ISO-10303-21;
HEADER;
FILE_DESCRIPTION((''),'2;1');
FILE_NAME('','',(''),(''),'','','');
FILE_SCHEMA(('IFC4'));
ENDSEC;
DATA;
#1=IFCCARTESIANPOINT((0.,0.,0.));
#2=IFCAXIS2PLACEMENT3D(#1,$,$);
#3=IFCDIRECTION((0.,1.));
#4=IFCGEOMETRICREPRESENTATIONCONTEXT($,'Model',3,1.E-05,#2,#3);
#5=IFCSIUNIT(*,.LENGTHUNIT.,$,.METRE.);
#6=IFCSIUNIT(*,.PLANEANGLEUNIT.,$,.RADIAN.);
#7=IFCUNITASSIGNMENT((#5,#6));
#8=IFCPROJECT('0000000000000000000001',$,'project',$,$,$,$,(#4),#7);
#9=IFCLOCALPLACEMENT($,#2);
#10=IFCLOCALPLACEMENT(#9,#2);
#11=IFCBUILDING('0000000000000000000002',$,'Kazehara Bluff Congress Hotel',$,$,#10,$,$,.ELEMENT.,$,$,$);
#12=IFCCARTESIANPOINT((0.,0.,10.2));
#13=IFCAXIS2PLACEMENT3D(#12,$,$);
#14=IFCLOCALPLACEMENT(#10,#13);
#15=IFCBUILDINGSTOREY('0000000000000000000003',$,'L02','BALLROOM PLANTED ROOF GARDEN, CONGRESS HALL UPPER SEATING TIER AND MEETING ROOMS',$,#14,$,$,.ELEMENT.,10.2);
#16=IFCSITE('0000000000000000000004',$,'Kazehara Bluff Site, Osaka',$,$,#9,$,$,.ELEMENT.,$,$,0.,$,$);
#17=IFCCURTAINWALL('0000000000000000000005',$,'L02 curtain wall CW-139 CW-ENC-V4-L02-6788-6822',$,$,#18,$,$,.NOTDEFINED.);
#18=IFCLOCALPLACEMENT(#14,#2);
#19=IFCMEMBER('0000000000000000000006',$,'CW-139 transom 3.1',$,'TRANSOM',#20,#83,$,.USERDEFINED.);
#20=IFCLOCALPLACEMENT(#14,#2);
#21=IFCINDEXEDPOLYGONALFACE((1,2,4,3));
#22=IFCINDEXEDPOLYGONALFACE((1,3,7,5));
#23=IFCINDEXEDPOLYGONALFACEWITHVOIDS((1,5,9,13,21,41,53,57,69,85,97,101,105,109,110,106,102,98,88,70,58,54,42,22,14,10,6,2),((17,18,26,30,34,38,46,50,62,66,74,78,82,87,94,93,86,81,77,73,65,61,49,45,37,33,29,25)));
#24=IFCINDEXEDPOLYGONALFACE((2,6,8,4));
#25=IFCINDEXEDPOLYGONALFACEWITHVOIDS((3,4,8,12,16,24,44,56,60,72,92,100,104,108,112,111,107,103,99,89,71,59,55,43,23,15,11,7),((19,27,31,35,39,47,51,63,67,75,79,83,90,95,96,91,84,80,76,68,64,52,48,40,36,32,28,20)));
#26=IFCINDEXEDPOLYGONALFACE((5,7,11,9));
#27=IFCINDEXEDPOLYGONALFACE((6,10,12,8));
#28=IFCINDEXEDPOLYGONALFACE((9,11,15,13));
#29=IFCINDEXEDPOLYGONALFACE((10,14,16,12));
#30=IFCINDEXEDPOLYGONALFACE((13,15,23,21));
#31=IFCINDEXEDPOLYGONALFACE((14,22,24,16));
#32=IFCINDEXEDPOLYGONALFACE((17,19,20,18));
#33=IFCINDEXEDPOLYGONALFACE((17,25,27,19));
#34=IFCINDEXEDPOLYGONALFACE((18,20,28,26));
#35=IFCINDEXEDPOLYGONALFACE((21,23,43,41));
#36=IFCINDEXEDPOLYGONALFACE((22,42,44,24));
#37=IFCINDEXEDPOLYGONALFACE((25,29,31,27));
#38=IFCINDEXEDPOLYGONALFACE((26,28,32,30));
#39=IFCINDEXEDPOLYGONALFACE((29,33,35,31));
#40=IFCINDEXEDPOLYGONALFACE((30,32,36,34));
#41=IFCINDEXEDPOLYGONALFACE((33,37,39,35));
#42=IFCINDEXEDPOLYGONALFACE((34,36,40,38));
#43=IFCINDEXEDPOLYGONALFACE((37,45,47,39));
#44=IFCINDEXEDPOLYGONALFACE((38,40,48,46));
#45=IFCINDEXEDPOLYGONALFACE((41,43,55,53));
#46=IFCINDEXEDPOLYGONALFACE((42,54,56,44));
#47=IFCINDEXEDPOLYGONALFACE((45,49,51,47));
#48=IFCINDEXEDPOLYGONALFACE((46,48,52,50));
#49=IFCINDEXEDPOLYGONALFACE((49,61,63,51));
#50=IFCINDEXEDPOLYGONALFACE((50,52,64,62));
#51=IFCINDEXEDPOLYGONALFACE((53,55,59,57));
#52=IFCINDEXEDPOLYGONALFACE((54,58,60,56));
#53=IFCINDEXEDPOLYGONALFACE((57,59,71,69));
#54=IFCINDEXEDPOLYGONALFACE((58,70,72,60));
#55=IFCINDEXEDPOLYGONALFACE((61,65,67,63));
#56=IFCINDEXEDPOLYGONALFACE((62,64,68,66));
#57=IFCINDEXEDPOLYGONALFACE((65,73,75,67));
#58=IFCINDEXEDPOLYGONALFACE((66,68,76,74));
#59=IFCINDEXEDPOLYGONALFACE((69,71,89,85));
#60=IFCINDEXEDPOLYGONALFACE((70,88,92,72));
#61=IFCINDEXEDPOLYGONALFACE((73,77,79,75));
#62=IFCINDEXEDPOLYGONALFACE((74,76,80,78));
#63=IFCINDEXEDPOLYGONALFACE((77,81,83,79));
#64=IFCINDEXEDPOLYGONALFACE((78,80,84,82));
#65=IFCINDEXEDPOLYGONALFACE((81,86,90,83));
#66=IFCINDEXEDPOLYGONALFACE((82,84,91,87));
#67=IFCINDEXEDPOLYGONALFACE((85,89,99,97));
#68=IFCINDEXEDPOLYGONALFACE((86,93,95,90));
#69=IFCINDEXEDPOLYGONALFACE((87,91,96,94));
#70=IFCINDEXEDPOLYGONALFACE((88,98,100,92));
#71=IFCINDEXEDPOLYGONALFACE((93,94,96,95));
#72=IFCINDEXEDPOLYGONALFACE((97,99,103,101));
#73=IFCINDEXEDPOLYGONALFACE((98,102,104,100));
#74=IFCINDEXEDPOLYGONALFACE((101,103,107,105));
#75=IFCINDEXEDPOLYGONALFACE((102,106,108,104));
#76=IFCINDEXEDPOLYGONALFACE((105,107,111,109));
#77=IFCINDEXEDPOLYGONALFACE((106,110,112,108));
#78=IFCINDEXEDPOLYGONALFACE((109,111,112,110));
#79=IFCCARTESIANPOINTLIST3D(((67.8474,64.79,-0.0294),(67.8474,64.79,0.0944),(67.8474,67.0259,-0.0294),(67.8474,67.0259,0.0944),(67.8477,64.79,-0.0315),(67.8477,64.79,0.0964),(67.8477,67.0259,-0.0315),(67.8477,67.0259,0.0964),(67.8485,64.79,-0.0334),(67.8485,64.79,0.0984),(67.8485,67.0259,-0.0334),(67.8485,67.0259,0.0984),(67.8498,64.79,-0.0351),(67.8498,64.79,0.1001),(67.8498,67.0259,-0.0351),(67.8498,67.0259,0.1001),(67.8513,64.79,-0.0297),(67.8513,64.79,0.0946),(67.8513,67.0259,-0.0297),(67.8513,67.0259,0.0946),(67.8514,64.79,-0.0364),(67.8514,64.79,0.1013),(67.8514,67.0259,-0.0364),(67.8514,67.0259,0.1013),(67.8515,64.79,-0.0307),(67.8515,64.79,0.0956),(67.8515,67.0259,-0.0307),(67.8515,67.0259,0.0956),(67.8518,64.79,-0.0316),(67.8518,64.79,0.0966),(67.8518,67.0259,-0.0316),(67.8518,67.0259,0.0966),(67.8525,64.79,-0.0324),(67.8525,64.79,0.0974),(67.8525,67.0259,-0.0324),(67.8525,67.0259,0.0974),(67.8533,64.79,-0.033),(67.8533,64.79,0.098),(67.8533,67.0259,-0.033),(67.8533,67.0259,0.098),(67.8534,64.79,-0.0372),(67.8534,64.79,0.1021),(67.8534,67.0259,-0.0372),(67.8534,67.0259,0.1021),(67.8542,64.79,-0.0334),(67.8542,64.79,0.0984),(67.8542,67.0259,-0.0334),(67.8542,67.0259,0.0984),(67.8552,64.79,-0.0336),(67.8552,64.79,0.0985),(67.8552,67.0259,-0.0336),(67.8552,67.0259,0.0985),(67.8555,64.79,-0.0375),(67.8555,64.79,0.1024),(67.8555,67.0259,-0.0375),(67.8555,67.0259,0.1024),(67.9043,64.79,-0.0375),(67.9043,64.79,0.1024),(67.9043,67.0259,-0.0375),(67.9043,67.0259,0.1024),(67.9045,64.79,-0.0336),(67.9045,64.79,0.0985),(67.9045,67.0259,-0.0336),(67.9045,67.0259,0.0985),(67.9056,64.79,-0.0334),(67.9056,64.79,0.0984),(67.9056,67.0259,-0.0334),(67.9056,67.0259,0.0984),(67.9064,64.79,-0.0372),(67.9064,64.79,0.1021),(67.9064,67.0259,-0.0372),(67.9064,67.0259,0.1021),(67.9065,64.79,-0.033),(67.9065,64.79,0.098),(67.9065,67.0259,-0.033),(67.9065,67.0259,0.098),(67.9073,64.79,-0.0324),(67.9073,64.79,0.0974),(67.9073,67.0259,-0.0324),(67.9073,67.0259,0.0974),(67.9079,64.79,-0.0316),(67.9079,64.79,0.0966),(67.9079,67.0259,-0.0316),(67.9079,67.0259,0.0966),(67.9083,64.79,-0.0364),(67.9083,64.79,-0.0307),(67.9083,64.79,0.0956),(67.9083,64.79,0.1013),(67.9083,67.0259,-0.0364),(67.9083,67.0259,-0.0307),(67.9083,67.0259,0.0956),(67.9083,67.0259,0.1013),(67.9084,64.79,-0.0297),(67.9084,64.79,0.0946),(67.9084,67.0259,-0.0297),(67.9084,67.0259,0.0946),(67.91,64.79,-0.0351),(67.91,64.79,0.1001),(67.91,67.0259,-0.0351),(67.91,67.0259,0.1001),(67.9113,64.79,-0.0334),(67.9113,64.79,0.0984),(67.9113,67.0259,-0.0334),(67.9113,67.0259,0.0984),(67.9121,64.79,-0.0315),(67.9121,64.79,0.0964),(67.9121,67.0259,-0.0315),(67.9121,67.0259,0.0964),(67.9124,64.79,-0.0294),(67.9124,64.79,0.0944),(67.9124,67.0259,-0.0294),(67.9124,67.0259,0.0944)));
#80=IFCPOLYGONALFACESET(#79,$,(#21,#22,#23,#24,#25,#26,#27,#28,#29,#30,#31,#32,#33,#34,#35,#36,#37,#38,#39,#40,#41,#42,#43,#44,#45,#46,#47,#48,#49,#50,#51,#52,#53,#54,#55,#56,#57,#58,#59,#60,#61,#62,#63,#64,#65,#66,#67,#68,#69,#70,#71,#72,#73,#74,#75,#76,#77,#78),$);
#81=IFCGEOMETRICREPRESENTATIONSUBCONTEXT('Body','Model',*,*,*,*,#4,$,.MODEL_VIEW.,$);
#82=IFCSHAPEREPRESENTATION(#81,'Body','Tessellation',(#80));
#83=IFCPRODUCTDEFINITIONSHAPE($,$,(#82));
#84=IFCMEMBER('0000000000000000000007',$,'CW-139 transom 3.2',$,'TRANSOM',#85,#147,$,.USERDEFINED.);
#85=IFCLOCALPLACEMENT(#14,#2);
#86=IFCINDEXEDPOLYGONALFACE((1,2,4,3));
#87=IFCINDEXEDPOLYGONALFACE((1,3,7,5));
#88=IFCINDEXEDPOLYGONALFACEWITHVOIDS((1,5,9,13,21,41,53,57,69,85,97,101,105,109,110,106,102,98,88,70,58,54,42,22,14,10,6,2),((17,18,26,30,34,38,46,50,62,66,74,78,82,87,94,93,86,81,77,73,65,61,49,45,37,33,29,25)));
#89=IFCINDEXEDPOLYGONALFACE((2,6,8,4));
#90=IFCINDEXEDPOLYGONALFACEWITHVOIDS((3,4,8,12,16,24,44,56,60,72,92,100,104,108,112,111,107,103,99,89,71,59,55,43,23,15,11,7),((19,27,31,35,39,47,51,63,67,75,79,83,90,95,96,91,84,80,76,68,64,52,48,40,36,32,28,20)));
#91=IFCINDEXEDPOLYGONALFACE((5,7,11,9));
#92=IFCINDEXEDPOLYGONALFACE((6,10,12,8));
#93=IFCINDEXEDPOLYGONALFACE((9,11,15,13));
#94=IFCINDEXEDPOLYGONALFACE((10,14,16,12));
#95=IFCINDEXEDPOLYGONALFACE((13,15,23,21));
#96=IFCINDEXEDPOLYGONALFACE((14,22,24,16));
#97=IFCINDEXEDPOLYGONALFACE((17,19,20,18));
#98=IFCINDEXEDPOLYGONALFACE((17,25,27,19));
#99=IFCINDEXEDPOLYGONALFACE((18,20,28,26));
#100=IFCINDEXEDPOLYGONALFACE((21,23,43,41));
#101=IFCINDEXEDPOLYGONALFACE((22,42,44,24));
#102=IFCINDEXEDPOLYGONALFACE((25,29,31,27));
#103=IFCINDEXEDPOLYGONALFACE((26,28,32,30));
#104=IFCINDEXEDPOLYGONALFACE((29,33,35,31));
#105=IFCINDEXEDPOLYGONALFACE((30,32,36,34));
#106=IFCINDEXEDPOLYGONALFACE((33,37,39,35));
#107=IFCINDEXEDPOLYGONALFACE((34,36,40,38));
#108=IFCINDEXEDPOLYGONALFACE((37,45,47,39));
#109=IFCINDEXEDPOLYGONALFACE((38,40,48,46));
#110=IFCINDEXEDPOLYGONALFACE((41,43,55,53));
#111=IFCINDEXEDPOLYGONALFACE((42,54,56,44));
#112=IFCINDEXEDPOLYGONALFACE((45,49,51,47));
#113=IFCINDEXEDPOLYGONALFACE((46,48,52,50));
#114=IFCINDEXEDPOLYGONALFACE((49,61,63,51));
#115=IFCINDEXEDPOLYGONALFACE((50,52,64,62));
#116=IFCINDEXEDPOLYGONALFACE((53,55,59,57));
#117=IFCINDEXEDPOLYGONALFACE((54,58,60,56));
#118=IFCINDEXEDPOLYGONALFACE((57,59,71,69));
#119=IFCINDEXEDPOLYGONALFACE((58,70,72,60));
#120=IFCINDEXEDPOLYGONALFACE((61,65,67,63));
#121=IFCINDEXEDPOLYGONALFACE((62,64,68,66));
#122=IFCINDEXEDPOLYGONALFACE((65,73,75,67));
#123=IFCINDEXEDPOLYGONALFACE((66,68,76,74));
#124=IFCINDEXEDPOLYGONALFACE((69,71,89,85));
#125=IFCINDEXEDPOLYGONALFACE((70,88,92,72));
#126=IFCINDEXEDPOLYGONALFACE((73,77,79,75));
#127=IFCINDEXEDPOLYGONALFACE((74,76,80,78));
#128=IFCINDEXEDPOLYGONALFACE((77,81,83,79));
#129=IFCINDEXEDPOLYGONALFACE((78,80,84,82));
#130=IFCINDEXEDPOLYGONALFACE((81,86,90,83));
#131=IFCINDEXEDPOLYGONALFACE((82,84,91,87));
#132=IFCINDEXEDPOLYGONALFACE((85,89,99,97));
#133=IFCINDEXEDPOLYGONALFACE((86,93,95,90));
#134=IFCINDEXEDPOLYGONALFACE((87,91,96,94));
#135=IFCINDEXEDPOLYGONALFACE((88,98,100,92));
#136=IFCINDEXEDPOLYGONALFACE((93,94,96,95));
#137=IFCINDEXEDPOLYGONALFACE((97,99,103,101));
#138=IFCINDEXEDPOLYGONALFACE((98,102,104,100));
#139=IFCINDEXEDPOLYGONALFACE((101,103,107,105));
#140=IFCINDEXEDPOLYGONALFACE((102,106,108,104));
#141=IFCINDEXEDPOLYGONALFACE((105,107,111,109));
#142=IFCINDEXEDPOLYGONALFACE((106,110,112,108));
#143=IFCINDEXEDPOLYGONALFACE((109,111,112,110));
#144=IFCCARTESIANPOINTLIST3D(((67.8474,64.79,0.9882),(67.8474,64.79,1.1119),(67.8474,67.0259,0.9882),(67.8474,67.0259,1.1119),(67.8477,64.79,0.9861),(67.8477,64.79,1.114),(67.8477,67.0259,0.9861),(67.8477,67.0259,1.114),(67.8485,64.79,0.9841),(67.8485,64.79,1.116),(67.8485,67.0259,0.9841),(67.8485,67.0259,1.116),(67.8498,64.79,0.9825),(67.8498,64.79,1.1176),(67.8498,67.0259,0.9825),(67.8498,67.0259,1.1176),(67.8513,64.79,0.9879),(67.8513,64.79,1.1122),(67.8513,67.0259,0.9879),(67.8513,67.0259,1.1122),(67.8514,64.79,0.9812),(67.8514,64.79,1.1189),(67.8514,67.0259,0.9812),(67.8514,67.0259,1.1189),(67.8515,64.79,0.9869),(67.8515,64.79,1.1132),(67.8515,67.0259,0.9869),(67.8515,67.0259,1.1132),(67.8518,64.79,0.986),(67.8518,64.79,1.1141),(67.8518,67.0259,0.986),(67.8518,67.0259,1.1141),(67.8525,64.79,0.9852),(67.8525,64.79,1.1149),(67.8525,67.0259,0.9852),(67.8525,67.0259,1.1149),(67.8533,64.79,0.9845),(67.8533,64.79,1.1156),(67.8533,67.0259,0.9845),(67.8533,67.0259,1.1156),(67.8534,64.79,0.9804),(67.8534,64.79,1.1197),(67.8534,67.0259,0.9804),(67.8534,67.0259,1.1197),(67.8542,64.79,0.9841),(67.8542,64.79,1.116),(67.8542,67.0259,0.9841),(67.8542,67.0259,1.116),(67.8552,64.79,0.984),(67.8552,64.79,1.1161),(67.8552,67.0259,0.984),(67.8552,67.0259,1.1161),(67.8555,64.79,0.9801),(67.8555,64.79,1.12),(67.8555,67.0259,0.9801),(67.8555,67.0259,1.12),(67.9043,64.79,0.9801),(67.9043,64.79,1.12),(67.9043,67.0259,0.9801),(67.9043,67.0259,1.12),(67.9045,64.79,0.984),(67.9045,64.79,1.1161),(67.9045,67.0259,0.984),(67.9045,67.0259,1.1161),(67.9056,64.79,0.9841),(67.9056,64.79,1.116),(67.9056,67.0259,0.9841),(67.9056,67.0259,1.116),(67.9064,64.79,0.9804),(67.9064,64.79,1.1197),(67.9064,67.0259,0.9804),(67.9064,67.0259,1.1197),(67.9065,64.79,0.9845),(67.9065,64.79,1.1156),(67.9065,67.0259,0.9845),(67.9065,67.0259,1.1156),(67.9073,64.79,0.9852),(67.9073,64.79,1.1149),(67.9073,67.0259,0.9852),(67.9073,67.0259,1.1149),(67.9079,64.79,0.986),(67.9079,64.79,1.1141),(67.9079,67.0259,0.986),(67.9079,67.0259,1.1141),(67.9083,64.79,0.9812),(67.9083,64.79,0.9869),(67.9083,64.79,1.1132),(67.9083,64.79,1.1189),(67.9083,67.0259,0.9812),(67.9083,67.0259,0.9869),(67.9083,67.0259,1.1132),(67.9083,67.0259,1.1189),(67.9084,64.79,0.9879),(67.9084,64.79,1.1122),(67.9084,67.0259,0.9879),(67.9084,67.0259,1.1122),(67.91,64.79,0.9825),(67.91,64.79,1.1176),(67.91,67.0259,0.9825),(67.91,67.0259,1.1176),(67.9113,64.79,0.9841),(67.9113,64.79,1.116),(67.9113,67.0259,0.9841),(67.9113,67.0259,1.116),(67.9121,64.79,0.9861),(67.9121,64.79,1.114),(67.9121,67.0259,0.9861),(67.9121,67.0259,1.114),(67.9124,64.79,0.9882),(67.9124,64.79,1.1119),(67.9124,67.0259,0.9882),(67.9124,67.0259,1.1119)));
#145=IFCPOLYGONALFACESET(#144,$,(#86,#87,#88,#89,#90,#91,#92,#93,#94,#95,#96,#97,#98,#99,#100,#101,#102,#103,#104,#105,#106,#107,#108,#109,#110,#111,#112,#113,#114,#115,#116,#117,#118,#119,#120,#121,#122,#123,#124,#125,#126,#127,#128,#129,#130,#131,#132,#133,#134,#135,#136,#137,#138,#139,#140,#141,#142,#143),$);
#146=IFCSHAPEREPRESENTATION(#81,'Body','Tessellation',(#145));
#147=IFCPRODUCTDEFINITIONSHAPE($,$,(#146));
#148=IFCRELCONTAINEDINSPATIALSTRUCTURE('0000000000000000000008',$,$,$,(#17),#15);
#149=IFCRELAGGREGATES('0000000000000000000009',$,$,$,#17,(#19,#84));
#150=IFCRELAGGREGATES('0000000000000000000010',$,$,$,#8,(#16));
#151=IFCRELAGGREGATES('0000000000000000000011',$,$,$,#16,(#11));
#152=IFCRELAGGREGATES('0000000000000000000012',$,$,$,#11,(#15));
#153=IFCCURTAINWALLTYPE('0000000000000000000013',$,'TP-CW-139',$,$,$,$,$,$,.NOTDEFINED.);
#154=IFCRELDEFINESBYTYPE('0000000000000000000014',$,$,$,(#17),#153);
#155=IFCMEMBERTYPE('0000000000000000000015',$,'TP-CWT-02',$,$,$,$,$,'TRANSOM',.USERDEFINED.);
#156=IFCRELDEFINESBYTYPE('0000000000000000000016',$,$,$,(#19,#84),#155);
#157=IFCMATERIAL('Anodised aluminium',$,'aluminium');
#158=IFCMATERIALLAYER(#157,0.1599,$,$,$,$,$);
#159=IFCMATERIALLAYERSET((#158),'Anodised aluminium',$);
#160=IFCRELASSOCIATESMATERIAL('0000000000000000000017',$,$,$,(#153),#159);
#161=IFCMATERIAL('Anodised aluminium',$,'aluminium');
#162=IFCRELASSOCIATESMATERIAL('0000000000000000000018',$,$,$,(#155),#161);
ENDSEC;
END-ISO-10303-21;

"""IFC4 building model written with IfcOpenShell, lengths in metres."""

from ifc_helpers import new_model, si_unit, direction, frame, origin, origin_2d, place, context, subcontext, project, spatial, hollow_rectangle, extrude, material, layer, layer_set, material_profile, profile_set, type_object, element, aggregate, save


model = new_model("IFC4")

# Units and contexts
model_context = context("Model", 3, precision=1e-05, world=origin(), true_north=direction((0.0, 1.0)))
body_context = subcontext(model_context, "Body", "Model", "MODEL_VIEW")
ifc_project = project(units=[si_unit("LENGTHUNIT", "METRE"), si_unit("PLANEANGLEUNIT", "RADIAN")], contexts=[model_context])

# Site, building, storey
site_placement = place(None, origin())
site = spatial("IfcSite", under=ifc_project, at=site_placement, Name="Kazehara Bluff Site, Osaka", CompositionType="ELEMENT", RefElevation=0.0)
building_placement = place(site_placement, origin())
building = spatial("IfcBuilding", under=site, at=building_placement, Name="Kazehara Bluff Congress Hotel", CompositionType="ELEMENT")
storey_placement = place(building_placement, frame((0.0, 0.0, 10.2)))
storey = spatial("IfcBuildingStorey", under=building, at=storey_placement, Name="L02", Description="BALLROOM PLANTED ROOF GARDEN, CONGRESS HALL UPPER SEATING TIER AND MEETING ROOMS", CompositionType="ELEMENT", Elevation=10.2)

# Curtain wall, members
ifc_material_1 = material(Name="Anodised aluminium", Category="aluminium")
ifc_layer_1 = layer(ifc_material_1, 0.1599)
ifc_layer_set_1 = layer_set([ifc_layer_1], Name="Anodised aluminium")
curtain_wall_type = type_object("IfcCurtainWallType", Name="TP-CW-139", PredefinedType="NOTDEFINED", material=ifc_layer_set_1)
curtain_wall_placement = place(storey_placement, origin())
curtain_wall = element("IfcCurtainWall", 1, at=curtain_wall_placement, inside=storey, type_object=curtain_wall_type, Name="L02 curtain wall CW-139 CW-ENC-V4-L02-6788-6822", PredefinedType="NOTDEFINED")
ifc_material_2 = material(Name="Anodised aluminium", Category="aluminium")
ifc_material_profile_1 = material_profile(ifc_material_2, hollow_rectangle(XDim=0.0649, YDim=0.1399, WallThickness=0.0039, InnerFilletRadius=0.0039, OuterFilletRadius=0.0081, at=origin_2d()))
ifc_profile_set_1 = profile_set([ifc_material_profile_1], Name="Anodised aluminium")
member_type_1 = type_object("IfcMemberType", Name="TP-CWT-02", ElementType="TRANSOM", PredefinedType="USERDEFINED", material=ifc_profile_set_1)
member_1_placement = place(storey_placement, frame((67.8799, 67.0259, 0.0325), z_axis=(0.0, -1.0, 0.0), x_axis=(1.0, 0.0, 0.0)))
member_1 = element("IfcMember", 2, at=member_1_placement, type_object=member_type_1, Name="CW-139 transom 3.1", ObjectType="TRANSOM", PredefinedType="USERDEFINED", context=body_context, shape_type="SweptSolid", body=[
    extrude(hollow_rectangle(XDim=0.0649, YDim=0.1399, WallThickness=0.0039, InnerFilletRadius=0.0039, OuterFilletRadius=0.0081, at=origin_2d()), origin(), (0.0, 0.0, 1.0), 2.2358),
])
member_2_placement = place(storey_placement, frame((67.8799, 67.0259, 1.05), z_axis=(0.0, -1.0, 0.0), x_axis=(1.0, 0.0, 0.0)))
member_2 = element("IfcMember", 3, at=member_2_placement, type_object=member_type_1, Name="CW-139 transom 3.2", ObjectType="TRANSOM", PredefinedType="USERDEFINED", context=body_context, shape_type="SweptSolid", body=[
    extrude(hollow_rectangle(XDim=0.0649, YDim=0.1399, WallThickness=0.0039, InnerFilletRadius=0.0039, OuterFilletRadius=0.0081, at=origin_2d()), origin(), (0.0, 0.0, 1.0), 2.2358),
])
aggregate(curtain_wall, [member_1, member_2])

save(model, "model.ifc")
